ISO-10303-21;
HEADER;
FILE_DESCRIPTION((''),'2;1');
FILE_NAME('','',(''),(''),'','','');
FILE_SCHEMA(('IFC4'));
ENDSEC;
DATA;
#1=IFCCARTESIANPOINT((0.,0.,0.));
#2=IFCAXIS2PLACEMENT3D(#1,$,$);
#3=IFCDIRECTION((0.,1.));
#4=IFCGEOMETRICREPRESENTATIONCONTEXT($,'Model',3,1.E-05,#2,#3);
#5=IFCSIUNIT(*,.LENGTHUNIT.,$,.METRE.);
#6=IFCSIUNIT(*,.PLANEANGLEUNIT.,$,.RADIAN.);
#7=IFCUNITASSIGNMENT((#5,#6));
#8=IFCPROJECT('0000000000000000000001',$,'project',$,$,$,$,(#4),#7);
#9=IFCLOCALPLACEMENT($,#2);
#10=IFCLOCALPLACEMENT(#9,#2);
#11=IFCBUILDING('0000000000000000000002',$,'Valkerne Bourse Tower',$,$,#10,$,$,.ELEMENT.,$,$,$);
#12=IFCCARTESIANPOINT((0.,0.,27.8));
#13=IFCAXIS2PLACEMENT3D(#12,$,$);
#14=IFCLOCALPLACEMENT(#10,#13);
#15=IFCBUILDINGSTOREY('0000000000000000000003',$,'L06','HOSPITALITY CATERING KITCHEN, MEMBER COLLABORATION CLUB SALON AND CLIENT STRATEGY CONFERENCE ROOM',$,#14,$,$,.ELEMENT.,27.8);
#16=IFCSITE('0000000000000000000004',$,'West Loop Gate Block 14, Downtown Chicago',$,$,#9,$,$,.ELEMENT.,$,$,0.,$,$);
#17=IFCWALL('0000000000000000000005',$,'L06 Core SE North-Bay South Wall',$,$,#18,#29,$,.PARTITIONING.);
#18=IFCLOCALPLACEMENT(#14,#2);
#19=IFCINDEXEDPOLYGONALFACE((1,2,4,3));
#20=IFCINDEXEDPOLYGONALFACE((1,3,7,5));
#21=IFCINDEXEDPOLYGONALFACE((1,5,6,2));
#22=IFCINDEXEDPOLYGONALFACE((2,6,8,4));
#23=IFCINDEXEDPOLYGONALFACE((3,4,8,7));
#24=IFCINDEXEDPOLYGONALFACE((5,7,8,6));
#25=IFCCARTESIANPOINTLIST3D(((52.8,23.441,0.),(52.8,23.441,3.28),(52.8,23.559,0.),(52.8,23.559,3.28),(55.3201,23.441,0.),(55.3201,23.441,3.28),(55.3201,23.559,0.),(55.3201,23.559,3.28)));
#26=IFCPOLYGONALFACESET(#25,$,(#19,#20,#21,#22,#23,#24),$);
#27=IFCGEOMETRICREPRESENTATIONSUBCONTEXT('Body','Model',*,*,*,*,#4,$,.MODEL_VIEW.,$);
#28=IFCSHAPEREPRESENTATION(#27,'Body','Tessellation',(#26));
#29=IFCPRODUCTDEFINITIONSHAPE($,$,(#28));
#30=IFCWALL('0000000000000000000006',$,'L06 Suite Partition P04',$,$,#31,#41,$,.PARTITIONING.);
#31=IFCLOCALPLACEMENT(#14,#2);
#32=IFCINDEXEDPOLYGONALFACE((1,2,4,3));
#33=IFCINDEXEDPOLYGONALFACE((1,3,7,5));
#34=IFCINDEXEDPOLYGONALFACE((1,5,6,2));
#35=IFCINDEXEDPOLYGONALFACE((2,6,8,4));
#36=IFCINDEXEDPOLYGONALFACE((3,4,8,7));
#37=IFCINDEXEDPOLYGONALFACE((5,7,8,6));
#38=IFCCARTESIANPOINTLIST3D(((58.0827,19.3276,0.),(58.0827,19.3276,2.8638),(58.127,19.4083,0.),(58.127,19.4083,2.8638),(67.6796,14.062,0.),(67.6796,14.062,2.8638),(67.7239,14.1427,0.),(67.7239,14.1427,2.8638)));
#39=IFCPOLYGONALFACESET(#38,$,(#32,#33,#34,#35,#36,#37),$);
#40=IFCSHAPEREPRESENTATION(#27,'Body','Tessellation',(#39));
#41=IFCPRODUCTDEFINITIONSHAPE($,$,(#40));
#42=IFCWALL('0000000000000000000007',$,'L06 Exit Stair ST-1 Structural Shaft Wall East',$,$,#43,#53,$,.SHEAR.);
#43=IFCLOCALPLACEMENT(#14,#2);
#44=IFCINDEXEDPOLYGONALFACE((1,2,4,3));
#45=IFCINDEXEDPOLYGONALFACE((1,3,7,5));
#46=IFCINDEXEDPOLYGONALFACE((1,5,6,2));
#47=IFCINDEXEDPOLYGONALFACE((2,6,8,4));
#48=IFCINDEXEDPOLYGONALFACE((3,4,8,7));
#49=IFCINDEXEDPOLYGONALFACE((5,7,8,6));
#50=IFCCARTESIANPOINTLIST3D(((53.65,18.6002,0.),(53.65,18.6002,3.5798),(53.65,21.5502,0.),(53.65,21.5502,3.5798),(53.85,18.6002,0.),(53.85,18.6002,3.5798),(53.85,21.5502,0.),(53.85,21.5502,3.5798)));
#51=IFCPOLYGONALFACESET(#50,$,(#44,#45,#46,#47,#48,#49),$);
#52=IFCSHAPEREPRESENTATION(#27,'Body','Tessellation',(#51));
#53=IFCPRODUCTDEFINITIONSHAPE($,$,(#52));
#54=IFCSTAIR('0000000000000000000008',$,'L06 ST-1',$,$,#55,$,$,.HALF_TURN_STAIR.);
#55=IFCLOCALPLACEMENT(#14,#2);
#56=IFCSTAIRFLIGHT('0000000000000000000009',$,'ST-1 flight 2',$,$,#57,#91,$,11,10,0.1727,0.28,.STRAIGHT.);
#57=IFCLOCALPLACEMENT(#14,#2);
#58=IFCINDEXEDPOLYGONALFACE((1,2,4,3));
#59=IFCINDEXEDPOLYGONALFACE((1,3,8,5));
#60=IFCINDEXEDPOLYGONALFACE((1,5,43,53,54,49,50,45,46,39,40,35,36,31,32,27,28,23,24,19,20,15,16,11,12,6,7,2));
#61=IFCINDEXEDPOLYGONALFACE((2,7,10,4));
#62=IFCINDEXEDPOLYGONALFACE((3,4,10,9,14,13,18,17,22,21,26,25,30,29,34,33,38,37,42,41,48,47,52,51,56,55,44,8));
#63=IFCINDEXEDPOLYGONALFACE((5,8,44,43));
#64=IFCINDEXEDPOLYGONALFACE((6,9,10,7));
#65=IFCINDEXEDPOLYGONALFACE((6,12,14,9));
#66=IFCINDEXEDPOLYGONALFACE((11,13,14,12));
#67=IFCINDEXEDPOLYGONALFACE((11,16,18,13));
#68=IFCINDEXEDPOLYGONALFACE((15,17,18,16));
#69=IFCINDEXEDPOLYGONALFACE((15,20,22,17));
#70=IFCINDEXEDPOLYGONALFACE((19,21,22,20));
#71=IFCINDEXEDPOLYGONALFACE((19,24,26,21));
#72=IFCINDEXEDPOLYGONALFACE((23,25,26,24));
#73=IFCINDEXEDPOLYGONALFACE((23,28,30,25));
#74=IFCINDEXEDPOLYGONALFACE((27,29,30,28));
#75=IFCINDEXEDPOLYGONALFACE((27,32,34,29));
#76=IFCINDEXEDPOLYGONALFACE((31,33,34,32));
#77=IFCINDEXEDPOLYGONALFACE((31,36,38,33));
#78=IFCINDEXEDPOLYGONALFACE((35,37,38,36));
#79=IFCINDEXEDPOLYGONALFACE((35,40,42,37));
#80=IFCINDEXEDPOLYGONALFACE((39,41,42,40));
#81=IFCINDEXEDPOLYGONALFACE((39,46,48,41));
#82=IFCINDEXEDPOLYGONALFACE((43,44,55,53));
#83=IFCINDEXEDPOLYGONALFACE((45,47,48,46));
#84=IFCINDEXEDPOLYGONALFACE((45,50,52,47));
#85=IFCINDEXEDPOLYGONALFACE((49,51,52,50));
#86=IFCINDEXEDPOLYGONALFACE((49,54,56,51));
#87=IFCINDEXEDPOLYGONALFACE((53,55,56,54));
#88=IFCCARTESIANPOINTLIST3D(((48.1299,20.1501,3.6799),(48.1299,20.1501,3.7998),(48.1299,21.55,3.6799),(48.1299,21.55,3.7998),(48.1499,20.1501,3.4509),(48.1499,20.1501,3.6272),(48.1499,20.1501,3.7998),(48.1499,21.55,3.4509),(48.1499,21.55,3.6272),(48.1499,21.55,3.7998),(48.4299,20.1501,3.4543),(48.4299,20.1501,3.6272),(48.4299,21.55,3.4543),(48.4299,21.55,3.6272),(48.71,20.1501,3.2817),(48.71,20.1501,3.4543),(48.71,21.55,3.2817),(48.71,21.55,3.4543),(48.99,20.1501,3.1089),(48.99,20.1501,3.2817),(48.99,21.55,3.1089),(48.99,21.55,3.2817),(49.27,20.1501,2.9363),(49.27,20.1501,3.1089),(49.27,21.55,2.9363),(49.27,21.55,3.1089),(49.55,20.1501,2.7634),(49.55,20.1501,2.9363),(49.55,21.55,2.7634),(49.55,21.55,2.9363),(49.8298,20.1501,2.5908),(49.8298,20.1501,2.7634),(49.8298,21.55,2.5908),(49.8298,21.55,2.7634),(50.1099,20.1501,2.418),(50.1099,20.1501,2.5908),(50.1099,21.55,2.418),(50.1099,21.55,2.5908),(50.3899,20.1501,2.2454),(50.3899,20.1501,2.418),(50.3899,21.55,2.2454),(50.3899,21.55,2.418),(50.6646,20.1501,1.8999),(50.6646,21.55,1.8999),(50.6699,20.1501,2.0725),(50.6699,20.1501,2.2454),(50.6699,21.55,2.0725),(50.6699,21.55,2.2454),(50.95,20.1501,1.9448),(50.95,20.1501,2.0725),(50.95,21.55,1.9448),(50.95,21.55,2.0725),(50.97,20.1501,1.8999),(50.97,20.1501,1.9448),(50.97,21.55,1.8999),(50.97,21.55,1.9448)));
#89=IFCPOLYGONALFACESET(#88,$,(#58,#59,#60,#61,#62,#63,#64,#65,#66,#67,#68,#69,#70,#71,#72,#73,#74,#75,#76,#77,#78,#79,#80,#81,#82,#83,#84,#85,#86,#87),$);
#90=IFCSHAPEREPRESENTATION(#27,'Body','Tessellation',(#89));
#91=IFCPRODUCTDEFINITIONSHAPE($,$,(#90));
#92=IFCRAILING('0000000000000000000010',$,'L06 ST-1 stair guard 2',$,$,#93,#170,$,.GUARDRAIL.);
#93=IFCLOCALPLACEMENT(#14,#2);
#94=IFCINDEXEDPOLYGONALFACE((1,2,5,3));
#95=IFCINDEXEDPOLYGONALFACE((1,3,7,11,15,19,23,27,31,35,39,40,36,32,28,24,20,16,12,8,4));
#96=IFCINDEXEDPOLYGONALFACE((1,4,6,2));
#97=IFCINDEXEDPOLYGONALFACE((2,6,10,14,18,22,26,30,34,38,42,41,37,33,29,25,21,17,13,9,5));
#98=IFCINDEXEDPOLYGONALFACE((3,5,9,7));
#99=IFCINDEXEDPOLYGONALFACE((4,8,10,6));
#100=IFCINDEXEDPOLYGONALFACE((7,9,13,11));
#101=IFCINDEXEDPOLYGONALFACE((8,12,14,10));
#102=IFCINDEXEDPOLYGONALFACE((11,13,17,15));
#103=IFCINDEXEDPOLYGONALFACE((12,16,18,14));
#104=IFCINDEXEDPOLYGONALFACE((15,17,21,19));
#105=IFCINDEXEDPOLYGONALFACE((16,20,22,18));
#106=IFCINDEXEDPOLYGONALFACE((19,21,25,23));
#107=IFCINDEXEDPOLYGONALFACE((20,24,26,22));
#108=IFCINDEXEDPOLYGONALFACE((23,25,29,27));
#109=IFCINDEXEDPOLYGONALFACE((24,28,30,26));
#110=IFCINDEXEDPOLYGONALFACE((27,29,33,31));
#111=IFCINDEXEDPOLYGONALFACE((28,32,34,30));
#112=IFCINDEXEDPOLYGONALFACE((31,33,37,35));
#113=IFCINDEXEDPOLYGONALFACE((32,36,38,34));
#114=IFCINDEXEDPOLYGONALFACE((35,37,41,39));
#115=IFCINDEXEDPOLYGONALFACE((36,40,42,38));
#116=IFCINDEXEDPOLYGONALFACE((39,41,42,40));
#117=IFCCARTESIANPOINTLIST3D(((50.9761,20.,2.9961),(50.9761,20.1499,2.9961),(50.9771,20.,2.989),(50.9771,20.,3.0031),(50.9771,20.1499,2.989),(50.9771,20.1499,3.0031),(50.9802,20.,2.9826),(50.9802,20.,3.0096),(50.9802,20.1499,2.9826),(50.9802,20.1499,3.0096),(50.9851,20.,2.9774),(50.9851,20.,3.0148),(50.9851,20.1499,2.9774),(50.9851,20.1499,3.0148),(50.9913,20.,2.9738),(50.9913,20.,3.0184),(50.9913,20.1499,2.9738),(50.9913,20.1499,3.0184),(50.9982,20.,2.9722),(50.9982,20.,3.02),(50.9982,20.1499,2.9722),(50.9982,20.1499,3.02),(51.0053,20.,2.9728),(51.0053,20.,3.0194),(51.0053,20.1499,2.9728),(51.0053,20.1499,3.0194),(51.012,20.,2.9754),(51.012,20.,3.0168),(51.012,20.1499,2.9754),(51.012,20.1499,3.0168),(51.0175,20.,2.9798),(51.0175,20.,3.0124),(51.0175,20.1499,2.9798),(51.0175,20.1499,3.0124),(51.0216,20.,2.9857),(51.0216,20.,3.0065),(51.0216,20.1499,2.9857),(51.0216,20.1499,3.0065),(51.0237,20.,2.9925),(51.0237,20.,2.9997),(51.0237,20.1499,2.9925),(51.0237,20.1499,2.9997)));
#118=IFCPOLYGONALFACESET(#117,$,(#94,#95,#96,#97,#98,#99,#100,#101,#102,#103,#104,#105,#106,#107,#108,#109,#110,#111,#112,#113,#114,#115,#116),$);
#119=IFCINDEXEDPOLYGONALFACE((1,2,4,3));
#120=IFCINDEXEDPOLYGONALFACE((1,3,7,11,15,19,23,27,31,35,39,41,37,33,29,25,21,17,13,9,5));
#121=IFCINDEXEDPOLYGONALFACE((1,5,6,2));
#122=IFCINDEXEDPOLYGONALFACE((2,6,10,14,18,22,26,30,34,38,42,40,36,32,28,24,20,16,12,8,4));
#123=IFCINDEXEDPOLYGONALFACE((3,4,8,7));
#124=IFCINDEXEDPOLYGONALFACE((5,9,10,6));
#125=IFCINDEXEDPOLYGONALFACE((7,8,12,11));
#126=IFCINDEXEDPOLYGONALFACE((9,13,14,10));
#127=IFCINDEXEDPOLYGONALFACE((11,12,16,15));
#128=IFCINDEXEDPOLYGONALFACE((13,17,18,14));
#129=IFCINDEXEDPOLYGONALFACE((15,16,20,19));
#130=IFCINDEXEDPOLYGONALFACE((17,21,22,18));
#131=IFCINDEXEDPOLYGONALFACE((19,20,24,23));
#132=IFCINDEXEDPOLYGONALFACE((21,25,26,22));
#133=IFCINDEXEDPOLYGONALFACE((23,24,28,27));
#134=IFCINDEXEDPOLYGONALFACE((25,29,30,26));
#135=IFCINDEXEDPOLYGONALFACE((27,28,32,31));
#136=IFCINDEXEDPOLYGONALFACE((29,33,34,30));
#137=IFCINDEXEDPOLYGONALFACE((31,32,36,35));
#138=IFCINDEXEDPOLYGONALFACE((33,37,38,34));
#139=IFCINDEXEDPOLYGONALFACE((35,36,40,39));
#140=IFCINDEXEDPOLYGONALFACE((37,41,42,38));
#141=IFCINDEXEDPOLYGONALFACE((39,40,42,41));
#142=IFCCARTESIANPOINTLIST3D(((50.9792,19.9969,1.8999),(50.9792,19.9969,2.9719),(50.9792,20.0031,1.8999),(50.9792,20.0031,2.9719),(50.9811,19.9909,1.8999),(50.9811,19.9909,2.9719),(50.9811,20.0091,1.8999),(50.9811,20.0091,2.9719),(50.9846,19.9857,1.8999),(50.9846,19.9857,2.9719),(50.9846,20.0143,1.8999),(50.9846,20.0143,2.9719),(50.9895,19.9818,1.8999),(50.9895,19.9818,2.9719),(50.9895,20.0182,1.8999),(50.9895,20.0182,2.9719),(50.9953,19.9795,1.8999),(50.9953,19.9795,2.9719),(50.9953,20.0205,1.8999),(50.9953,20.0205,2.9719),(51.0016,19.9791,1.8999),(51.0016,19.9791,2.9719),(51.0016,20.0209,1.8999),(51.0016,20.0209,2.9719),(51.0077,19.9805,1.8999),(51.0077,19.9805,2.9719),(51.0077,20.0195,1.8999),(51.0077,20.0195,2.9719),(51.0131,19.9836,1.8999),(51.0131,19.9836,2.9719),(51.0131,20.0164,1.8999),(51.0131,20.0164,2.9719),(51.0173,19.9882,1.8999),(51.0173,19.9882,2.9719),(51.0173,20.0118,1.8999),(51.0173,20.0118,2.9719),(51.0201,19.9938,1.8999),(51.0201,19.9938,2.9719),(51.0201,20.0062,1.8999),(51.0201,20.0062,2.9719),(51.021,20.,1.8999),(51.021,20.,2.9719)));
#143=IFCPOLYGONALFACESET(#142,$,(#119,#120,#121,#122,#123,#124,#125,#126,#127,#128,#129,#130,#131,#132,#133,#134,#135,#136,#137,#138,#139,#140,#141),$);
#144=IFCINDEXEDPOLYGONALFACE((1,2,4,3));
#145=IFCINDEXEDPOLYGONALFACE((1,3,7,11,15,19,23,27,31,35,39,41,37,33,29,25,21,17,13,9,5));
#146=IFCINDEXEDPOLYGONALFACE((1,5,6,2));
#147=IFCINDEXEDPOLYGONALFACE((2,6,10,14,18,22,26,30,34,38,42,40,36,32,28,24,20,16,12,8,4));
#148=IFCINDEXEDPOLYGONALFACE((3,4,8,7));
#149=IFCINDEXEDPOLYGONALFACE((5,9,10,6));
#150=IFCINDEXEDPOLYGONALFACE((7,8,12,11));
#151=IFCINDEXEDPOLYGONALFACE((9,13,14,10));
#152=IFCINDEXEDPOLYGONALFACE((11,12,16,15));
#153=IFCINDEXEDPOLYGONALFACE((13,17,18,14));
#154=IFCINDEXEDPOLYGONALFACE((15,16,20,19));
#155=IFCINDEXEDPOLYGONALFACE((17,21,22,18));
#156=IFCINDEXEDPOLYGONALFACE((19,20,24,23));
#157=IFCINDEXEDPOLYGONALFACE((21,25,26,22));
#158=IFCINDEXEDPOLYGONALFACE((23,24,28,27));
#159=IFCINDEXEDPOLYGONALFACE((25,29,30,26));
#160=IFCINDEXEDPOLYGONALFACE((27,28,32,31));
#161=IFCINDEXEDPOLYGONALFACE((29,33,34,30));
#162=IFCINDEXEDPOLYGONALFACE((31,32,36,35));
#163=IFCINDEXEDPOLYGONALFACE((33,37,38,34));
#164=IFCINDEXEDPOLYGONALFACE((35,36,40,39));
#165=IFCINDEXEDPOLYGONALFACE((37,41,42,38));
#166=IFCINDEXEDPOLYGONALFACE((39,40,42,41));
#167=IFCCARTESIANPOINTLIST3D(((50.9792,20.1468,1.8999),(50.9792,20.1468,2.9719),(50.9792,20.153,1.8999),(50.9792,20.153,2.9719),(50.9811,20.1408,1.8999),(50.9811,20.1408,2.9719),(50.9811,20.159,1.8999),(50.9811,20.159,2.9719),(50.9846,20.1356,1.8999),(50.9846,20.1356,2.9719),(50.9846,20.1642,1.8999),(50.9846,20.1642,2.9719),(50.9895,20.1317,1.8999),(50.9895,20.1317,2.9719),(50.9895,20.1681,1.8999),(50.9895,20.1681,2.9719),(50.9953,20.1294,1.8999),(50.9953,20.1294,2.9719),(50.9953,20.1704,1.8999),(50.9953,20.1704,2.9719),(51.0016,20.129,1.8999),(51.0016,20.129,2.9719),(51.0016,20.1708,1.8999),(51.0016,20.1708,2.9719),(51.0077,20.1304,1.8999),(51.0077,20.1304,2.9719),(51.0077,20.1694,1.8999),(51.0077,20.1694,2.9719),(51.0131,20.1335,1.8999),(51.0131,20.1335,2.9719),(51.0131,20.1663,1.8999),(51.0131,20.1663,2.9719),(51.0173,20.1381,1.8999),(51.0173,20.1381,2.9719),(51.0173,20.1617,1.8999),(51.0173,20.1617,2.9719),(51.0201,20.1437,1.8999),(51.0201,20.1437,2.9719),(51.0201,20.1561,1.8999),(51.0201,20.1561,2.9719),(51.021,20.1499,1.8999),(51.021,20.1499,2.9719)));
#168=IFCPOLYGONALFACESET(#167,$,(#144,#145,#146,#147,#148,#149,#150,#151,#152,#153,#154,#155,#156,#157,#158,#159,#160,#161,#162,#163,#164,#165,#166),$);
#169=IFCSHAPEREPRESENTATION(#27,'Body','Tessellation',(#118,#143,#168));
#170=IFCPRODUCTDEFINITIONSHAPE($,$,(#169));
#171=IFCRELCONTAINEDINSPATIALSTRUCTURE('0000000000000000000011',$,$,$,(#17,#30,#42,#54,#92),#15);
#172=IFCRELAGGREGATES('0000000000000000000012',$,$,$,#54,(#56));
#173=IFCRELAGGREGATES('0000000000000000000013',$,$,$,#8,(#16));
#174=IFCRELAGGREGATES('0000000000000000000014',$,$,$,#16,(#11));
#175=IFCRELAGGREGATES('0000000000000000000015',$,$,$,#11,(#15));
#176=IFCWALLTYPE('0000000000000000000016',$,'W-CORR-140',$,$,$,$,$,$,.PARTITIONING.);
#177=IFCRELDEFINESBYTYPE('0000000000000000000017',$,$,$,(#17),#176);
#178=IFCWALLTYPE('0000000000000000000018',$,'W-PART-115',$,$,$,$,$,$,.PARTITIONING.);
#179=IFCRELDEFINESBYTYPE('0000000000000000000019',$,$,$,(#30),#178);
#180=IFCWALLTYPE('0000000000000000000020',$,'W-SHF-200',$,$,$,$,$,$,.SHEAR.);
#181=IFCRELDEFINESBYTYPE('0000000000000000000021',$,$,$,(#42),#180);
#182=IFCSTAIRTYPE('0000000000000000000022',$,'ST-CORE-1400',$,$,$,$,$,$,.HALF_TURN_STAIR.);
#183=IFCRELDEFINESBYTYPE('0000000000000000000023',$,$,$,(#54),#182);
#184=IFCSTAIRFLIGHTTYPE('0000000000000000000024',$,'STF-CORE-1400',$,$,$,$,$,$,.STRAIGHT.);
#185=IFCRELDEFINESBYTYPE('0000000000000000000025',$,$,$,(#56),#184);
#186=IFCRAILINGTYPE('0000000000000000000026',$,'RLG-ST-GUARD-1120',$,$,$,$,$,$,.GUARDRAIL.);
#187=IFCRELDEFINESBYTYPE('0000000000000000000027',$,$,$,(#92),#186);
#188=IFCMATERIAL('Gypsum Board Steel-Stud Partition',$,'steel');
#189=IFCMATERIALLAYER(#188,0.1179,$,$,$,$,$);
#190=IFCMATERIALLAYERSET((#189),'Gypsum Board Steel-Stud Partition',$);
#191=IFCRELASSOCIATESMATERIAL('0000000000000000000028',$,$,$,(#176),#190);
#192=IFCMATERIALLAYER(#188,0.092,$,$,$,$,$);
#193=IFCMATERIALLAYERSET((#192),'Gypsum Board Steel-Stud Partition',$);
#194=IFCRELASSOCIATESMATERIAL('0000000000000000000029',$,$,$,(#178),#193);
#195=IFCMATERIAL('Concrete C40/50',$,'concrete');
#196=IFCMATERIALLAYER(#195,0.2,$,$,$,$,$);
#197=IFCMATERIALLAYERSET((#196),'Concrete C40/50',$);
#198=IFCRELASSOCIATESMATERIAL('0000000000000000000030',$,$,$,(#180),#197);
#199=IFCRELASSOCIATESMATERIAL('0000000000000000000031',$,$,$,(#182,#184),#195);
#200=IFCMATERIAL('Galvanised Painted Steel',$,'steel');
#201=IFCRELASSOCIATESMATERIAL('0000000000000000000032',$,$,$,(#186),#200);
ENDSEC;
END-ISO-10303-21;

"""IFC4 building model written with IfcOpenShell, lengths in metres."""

from ifc_helpers import new_model, si_unit, direction, frame, frame_2d, origin, origin_2d, place, context, subcontext, project, spatial, polyline, rectangle, circle, outline, extrude, material, layer, layer_set, type_object, element, aggregate, save


model = new_model("IFC4")

# Units and contexts
model_context = context("Model", 3, precision=1e-05, world=origin(), true_north=direction((0.0, 1.0)))
body_context = subcontext(model_context, "Body", "Model", "MODEL_VIEW")
ifc_project = project(units=[si_unit("LENGTHUNIT", "METRE"), si_unit("PLANEANGLEUNIT", "RADIAN")], contexts=[model_context])

# Site, building, storey
site_placement = place(None, origin())
site = spatial("IfcSite", under=ifc_project, at=site_placement, Name="West Loop Gate Block 14, Downtown Chicago", CompositionType="ELEMENT", RefElevation=0.0)
building_placement = place(site_placement, origin())
building = spatial("IfcBuilding", under=site, at=building_placement, Name="Valkerne Bourse Tower", CompositionType="ELEMENT")
storey_placement = place(building_placement, frame((0.0, 0.0, 27.8)))
storey = spatial("IfcBuildingStorey", under=building, at=storey_placement, Name="L06", Description="HOSPITALITY CATERING KITCHEN, MEMBER COLLABORATION CLUB SALON AND CLIENT STRATEGY CONFERENCE ROOM", CompositionType="ELEMENT", Elevation=27.8)

# Shared definitions
ifc_material_1 = material(Name="Galvanised Painted Steel", Category="steel")
ifc_material_2 = material(Name="Gypsum Board Steel-Stud Partition", Category="steel")
ifc_layer_1 = layer(ifc_material_2, 0.1179)
ifc_layer_set_1 = layer_set([ifc_layer_1], Name="Gypsum Board Steel-Stud Partition")
wall_type_1 = type_object("IfcWallType", Name="W-CORR-140", PredefinedType="PARTITIONING", material=ifc_layer_set_1)

# Walls
wall_1_placement = place(storey_placement, frame((52.8, 23.5, 0.0), z_axis=(0.0, 0.0, 1.0), x_axis=(1.0, 0.0, 0.0)))
element("IfcWall", 1, at=wall_1_placement, inside=storey, type_object=wall_type_1, Name="L06 Core SE North-Bay South Wall", PredefinedType="PARTITIONING", context=body_context, shape_type="SweptSolid", body=[
    extrude(rectangle(XDim=2.52, YDim=0.1179, at=frame_2d((1.26, 0.0))), origin(), (0.0, 0.0, 1.0), 3.28),
])
ifc_layer_2 = layer(ifc_material_2, 0.092)
ifc_layer_set_2 = layer_set([ifc_layer_2], Name="Gypsum Board Steel-Stud Partition")
wall_type_2 = type_object("IfcWallType", Name="W-PART-115", PredefinedType="PARTITIONING", material=ifc_layer_set_2)
wall_2_placement = place(storey_placement, frame((58.105, 19.3679, 0.0), z_axis=(0.0, 0.0, 1.0), x_axis=(0.876705, -0.481029, 0.0)))
element("IfcWall", 2, at=wall_2_placement, inside=storey, type_object=wall_type_2, Name="L06 Suite Partition P04", PredefinedType="PARTITIONING", context=body_context, shape_type="SweptSolid", body=[
    extrude(rectangle(XDim=10.9465, YDim=0.092, at=frame_2d((5.4731, 0.0))), origin(), (0.0, 0.0, 1.0), 2.8638),
])
ifc_material_3 = material(Name="Concrete C40/50", Category="concrete")
ifc_layer_3 = layer(ifc_material_3, 0.2)
ifc_layer_set_3 = layer_set([ifc_layer_3], Name="Concrete C40/50")
wall_type_3 = type_object("IfcWallType", Name="W-SHF-200", PredefinedType="SHEAR", material=ifc_layer_set_3)
wall_3_placement = place(storey_placement, frame((53.75, 18.6001, 0.0), z_axis=(0.0, 0.0, 1.0), x_axis=(0.0, 1.0, 0.0)))
element("IfcWall", 3, at=wall_3_placement, inside=storey, type_object=wall_type_3, Name="L06 Exit Stair ST-1 Structural Shaft Wall East", PredefinedType="SHEAR", context=body_context, shape_type="SweptSolid", body=[
    extrude(rectangle(XDim=2.95, YDim=0.2, at=frame_2d((1.4751, 0.0))), origin(), (0.0, 0.0, 1.0), 3.5798),
])

# Stair, stair flight
stair_type = type_object("IfcStairType", Name="ST-CORE-1400", PredefinedType="HALF_TURN_STAIR", material=ifc_material_3)
stair_placement = place(storey_placement, origin())
stair = element("IfcStair", 4, at=stair_placement, inside=storey, type_object=stair_type, Name="L06 ST-1", PredefinedType="HALF_TURN_STAIR")
stair_flight_type = type_object("IfcStairFlightType", Name="STF-CORE-1400", PredefinedType="STRAIGHT", material=ifc_material_3)
stair_flight_placement = place(storey_placement, frame((50.95, 20.8501, 1.8999), z_axis=(0.0, 0.0, 1.0), x_axis=(-1.0, 0.0, 0.0)))
stair_flight = element("IfcStairFlight", 5, at=stair_flight_placement, type_object=stair_flight_type, Name="ST-1 flight 2", NumberOfRisers=11, NumberOfTreads=10, PredefinedType="STRAIGHT", RiserHeight=0.1727, TreadLength=0.28, context=body_context, shape_type="SweptSolid", body=[
    extrude(outline(polyline([(-0.02, 0.0), (-0.02, 0.0449), (0.0, 0.0449), (0.0, 0.1726), (0.28, 0.1726), (0.28, 0.3455), (0.5601, 0.3455), (0.5601, 0.5181), (0.8401, 0.5181), (0.8401, 0.6909), (1.1201, 0.6909), (1.1201, 0.8635), (1.3999, 0.8635), (1.3999, 1.0364), (1.6799, 1.0364), (1.6799, 1.209), (1.96, 1.209), (1.96, 1.3818), (2.24, 1.3818), (2.24, 1.5544), (2.52, 1.5544), (2.52, 1.7273), (2.8, 1.7273), (2.8, 1.8999), (2.8201, 1.8999), (2.8201, 1.78), (2.8, 1.551), (0.2854, 0.0), (-0.02, 0.0)])), frame((0.0, 0.7, 0.0), z_axis=(0.0, -1.0, 0.0), x_axis=(1.0, 0.0, 0.0)), (0.0, 0.0, 1.0), 1.3999),
])
aggregate(stair, [stair_flight])

# Railing
railing_type_1 = type_object("IfcRailingType", Name="RLG-ST-GUARD-1120", PredefinedType="GUARDRAIL", material=ifc_material_1)
railing_1_placement = place(storey_placement, frame((51.0, 20.0, 1.8999)))
element("IfcRailing", 6, at=railing_1_placement, inside=storey, type_object=railing_type_1, Name="L06 ST-1 stair guard 2", PredefinedType="GUARDRAIL", context=body_context, shape_type="SweptSolid", body=[
    extrude(circle(Radius=0.0239, at=origin_2d()), frame((0.0, 0.0, 1.0962), z_axis=(0.0, 1.0, 0.0), x_axis=(-1.0, 0.0, 0.0)), (0.0, 0.0, 1.0), 0.1499),
    extrude(circle(Radius=0.021, at=origin_2d()), origin(), (0.0, 0.0, 1.0), 1.072),
    extrude(circle(Radius=0.021, at=origin_2d()), frame((0.0, 0.1499, 0.0)), (0.0, 0.0, 1.0), 1.072),
])

save(model, "model.ifc")
